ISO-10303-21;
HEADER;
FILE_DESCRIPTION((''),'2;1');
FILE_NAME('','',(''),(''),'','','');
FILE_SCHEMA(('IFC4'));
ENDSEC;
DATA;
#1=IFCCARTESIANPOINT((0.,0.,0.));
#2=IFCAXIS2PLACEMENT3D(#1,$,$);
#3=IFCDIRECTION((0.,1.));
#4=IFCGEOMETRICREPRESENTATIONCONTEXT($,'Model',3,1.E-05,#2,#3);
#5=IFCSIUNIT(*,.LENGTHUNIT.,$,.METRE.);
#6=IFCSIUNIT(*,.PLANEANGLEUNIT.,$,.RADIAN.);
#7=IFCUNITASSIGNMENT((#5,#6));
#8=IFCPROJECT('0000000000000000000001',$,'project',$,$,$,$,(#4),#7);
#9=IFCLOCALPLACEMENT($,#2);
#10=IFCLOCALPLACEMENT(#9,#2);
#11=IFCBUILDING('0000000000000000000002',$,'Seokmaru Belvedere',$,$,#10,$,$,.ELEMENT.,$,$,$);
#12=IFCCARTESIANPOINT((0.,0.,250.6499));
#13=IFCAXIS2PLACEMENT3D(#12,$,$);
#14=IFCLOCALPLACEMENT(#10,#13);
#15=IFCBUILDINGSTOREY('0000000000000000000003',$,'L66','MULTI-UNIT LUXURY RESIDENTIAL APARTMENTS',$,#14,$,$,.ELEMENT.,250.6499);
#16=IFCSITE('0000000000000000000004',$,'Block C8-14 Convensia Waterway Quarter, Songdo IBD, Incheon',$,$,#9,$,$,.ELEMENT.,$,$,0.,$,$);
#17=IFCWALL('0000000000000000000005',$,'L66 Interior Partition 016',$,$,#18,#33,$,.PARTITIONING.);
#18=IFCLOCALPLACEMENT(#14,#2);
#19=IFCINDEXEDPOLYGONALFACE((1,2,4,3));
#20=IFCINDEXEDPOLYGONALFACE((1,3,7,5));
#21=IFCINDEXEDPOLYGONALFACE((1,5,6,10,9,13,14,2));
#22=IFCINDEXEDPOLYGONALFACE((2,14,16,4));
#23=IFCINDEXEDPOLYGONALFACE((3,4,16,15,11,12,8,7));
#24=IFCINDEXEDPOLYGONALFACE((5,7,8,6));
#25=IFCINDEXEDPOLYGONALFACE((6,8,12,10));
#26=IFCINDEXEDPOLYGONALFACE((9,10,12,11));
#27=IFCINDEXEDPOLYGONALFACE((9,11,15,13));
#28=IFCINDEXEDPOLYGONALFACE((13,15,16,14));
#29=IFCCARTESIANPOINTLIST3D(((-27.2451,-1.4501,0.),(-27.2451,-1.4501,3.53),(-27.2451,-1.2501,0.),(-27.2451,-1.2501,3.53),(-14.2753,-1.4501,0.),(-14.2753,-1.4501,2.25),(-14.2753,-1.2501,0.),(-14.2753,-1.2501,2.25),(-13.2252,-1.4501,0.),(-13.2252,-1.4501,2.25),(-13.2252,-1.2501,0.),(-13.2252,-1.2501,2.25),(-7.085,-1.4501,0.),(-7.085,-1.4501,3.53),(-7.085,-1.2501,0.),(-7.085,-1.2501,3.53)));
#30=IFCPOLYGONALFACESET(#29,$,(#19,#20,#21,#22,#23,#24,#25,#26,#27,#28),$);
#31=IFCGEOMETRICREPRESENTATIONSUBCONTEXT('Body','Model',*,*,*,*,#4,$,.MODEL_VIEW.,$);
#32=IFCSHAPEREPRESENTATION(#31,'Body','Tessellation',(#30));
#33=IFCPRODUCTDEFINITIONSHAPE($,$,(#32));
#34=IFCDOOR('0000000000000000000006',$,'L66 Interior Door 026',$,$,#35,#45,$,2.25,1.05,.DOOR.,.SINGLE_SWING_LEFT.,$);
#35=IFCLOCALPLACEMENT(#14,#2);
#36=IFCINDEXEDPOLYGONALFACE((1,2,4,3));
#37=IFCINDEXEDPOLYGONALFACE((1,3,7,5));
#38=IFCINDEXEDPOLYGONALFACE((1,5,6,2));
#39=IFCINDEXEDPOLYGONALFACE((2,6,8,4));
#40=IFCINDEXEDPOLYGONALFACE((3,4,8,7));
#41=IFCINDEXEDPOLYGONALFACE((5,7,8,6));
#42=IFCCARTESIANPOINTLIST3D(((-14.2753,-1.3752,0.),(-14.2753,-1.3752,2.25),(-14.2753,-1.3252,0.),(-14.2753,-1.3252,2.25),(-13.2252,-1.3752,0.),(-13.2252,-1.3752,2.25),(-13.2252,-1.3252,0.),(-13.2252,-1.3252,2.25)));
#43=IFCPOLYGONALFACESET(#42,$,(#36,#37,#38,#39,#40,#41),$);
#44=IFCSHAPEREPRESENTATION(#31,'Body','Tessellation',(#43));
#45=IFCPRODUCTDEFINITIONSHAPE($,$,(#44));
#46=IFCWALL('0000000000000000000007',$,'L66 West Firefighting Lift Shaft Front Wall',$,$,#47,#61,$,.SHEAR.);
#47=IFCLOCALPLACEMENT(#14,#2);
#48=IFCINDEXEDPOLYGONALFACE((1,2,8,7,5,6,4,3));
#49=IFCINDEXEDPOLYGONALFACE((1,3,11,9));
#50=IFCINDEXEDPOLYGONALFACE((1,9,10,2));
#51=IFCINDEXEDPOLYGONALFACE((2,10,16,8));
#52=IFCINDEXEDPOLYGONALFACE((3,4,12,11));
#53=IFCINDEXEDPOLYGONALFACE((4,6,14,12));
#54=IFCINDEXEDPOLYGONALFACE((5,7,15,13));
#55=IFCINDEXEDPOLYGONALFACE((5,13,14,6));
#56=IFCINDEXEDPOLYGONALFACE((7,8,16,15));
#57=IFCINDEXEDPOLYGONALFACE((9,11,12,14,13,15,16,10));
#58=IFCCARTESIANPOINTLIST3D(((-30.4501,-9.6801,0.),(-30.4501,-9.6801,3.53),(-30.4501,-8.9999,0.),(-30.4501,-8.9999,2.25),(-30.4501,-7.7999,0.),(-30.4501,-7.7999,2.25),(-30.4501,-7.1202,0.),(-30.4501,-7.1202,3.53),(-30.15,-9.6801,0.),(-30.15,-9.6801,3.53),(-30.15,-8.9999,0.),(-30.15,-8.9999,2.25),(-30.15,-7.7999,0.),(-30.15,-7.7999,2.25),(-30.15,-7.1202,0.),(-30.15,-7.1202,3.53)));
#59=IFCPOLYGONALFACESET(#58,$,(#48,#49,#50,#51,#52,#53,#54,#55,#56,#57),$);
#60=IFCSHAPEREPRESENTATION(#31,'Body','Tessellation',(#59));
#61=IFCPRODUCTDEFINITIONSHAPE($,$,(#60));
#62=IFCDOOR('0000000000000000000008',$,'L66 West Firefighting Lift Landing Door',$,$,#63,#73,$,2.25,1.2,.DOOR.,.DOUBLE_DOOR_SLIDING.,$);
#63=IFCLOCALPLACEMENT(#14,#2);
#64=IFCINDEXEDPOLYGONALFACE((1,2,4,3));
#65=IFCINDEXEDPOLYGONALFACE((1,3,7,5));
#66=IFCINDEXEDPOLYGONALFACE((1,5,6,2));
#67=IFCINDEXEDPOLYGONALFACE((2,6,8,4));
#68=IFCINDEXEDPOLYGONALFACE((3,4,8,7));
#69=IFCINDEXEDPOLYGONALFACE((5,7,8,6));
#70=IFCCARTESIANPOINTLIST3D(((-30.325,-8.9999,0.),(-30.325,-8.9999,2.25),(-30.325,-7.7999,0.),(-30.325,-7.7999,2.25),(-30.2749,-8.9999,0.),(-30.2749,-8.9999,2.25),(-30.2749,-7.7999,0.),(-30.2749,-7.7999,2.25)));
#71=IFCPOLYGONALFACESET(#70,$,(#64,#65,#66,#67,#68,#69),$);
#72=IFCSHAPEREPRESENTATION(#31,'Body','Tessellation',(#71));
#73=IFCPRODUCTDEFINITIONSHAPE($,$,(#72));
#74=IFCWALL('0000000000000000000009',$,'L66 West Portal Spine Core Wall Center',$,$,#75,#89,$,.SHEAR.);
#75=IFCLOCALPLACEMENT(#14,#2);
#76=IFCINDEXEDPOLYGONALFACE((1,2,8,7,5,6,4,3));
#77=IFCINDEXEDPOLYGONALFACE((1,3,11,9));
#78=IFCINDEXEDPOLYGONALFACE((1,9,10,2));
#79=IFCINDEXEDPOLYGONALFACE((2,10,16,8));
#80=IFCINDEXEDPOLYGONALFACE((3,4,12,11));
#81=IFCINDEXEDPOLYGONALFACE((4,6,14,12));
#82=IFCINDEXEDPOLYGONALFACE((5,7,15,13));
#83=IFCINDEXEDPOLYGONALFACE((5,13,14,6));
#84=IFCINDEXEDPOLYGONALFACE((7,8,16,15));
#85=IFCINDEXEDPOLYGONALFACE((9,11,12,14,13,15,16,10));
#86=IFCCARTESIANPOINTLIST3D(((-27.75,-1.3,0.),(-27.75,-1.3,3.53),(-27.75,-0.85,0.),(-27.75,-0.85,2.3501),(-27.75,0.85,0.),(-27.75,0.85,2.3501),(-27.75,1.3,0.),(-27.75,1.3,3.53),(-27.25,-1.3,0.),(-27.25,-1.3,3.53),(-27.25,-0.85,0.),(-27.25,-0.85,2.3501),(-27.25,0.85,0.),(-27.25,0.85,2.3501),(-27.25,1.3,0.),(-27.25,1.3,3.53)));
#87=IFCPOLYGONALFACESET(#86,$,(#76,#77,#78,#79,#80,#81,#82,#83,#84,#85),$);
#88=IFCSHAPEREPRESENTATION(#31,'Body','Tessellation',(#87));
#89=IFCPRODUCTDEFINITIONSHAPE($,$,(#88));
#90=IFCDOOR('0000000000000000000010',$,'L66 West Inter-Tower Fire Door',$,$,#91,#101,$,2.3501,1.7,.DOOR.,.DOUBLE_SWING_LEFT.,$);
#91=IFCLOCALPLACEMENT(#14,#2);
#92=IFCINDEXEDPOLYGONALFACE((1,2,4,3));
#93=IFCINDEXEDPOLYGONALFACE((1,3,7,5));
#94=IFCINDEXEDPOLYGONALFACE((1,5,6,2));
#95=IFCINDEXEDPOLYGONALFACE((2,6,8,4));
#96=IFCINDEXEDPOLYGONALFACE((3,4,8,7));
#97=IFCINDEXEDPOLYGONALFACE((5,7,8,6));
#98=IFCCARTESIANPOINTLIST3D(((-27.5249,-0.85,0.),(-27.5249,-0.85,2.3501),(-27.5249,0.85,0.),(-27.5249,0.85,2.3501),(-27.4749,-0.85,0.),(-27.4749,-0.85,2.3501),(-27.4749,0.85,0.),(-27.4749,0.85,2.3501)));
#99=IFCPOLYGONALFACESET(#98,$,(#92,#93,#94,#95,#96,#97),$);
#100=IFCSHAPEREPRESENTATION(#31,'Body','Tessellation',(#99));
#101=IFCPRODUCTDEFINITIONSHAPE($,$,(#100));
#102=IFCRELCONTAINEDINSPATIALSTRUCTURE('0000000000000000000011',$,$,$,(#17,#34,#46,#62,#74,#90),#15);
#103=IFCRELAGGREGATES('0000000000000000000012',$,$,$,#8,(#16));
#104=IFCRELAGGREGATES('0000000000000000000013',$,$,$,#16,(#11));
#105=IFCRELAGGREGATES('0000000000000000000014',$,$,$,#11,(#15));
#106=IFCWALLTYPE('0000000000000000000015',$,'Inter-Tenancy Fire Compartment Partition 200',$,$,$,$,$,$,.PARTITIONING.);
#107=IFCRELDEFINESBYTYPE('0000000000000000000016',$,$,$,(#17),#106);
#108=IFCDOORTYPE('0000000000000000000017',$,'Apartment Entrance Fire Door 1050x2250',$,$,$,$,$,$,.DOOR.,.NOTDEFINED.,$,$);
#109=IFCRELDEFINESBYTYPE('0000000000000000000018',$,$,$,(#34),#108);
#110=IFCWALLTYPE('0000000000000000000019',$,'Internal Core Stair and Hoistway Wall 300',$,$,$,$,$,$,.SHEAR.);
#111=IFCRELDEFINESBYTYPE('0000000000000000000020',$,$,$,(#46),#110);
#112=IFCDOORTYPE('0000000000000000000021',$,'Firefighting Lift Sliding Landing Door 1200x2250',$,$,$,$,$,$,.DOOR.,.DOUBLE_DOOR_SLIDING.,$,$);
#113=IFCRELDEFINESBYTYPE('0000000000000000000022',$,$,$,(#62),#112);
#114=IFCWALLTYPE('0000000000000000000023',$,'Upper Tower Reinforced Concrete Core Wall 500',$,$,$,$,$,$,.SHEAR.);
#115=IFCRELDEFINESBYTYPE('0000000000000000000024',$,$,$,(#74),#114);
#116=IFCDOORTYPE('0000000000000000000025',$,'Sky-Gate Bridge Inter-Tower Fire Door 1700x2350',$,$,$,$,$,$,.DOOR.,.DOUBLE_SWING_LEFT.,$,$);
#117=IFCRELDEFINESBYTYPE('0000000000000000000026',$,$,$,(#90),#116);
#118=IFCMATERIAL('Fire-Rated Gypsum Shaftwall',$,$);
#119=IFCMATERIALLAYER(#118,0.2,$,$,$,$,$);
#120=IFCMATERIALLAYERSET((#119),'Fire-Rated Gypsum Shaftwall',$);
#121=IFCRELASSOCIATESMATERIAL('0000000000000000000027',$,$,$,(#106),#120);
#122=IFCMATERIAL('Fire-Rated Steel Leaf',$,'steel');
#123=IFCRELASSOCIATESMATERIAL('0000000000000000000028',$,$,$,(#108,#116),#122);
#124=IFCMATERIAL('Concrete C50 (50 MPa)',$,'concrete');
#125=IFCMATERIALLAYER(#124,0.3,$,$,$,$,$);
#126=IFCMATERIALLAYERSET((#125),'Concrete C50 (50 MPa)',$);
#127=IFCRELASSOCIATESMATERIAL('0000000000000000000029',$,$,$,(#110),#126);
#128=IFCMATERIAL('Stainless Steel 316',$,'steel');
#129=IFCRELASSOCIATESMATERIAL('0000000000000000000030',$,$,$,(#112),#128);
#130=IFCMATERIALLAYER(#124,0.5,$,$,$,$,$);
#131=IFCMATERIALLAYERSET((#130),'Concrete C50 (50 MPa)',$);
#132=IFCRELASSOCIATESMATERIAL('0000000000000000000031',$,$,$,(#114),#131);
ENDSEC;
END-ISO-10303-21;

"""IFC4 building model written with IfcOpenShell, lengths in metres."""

from ifc_helpers import new_model, si_unit, direction, frame, frame_2d, origin, place, context, subcontext, project, spatial, rectangle, extrude, source, transform, mapped, material, layer, layer_set, type_object, type_shapes, element, fill, save


model = new_model("IFC4")

# Units and contexts
model_context = context("Model", 3, precision=1e-05, world=origin(), true_north=direction((0.0, 1.0)))
body_context = subcontext(model_context, "Body", "Model", "MODEL_VIEW")
ifc_project = project(units=[si_unit("LENGTHUNIT", "METRE"), si_unit("PLANEANGLEUNIT", "RADIAN")], contexts=[model_context])

# Site, building, storey
site_placement = place(None, origin())
site = spatial("IfcSite", under=ifc_project, at=site_placement, Name="Block C8-14 Convensia Waterway Quarter, Songdo IBD, Incheon", CompositionType="ELEMENT", RefElevation=0.0)
building_placement = place(site_placement, origin())
building = spatial("IfcBuilding", under=site, at=building_placement, Name="Seokmaru Belvedere", CompositionType="ELEMENT")
storey_placement = place(building_placement, frame((0.0, 0.0, 250.6499)))
storey = spatial("IfcBuildingStorey", under=building, at=storey_placement, Name="L66", Description="MULTI-UNIT LUXURY RESIDENTIAL APARTMENTS", CompositionType="ELEMENT", Elevation=250.6499)

# Shared definitions
ifc_material_1 = material(Name="Fire-Rated Gypsum Shaftwall")

# Shared definitions
ifc_material_2 = material(Name="Concrete C50 (50 MPa)", Category="concrete")

# Walls, openings, doors
ifc_layer_1 = layer(ifc_material_1, 0.2)
ifc_layer_set_1 = layer_set([ifc_layer_1], Name="Fire-Rated Gypsum Shaftwall")
wall_type_1 = type_object("IfcWallType", Name="Inter-Tenancy Fire Compartment Partition 200", PredefinedType="PARTITIONING", material=ifc_layer_set_1)
ifc_material_3 = material(Name="Fire-Rated Steel Leaf", Category="steel")
door_type_1 = type_object("IfcDoorType", Name="Apartment Entrance Fire Door 1050x2250", OperationType="NOTDEFINED", PredefinedType="DOOR", material=ifc_material_3)
shared_shape_1 = source(origin(), body_context, "Body", "SweptSolid", [
    extrude(rectangle(XDim=1.05, YDim=2.25, at=frame_2d((0.5249, 1.125))), frame((0.0, 0.0249, 0.0), z_axis=(0.0, -1.0, 0.0), x_axis=(1.0, 0.0, 0.0)), (0.0, 0.0, 1.0), 0.05),
])
type_shapes(door_type_1, [shared_shape_1])
wall_1_placement = place(storey_placement, frame((-27.2451, -1.3501, 0.0), z_axis=(0.0, 0.0, 1.0), x_axis=(1.0, 0.0, 0.0)))
wall_1 = element("IfcWall", 1, at=wall_1_placement, inside=storey, type_object=wall_type_1, Name="L66 Interior Partition 016", PredefinedType="PARTITIONING", context=body_context, shape_type="SweptSolid", body=[
    extrude(rectangle(XDim=20.1602, YDim=0.2, at=frame_2d((10.0801, 0.0))), origin(), (0.0, 0.0, 1.0), 3.53),
])
opening_1_placement = place(wall_1_placement, frame((12.97, 0.0, 0.0)))
opening_1 = element("IfcOpeningElement", 2, at=opening_1_placement, cuts=wall_1, PredefinedType="OPENING", context=body_context, shape_type="SweptSolid", body=[
    extrude(rectangle(XDim=1.05, YDim=2.25, at=frame_2d((0.5249, 1.125))), frame((0.0, 0.1099, 0.0), z_axis=(0.0, -1.0, 0.0), x_axis=(1.0, 0.0, 0.0)), (0.0, 0.0, 1.0), 0.22),
])
door_1_placement = place(opening_1_placement, origin())
door_1 = element("IfcDoor", 3, at=door_1_placement, inside=storey, type_object=door_type_1, Name="L66 Interior Door 026", OperationType="SINGLE_SWING_LEFT", OverallHeight=2.25, OverallWidth=1.05, PredefinedType="DOOR", context=body_context, shape_type="MappedRepresentation", body=[
    mapped(shared_shape_1, transform((0.0, 0.0, 0.0), scale=1.0)),
])
fill(opening_1, door_1)
ifc_layer_2 = layer(ifc_material_2, 0.3)
ifc_layer_set_2 = layer_set([ifc_layer_2], Name="Concrete C50 (50 MPa)")
wall_type_2 = type_object("IfcWallType", Name="Internal Core Stair and Hoistway Wall 300", PredefinedType="SHEAR", material=ifc_layer_set_2)
wall_2_placement = place(storey_placement, frame((-30.3, -9.6799, 0.0), z_axis=(0.0, 0.0, 1.0), x_axis=(0.0, 1.0, 0.0)))
wall_2 = element("IfcWall", 4, at=wall_2_placement, inside=storey, type_object=wall_type_2, Name="L66 West Firefighting Lift Shaft Front Wall", PredefinedType="SHEAR", context=body_context, shape_type="SweptSolid", body=[
    extrude(rectangle(XDim=2.5598, YDim=0.3, at=frame_2d((1.2798, 0.0))), origin(), (0.0, 0.0, 1.0), 3.53),
])
opening_2_placement = place(wall_2_placement, frame((0.6799, 0.0, 0.0)))
opening_2 = element("IfcOpeningElement", 5, at=opening_2_placement, cuts=wall_2, PredefinedType="OPENING", context=body_context, shape_type="SweptSolid", body=[
    extrude(rectangle(XDim=1.2, YDim=2.25, at=frame_2d((0.6001, 1.125))), frame((0.0, 0.1602, 0.0), z_axis=(0.0, -1.0, 0.0), x_axis=(1.0, 0.0, 0.0)), (0.0, 0.0, 1.0), 0.3201),
])
ifc_material_4 = material(Name="Stainless Steel 316", Category="steel")
door_type_2 = type_object("IfcDoorType", Name="Firefighting Lift Sliding Landing Door 1200x2250", OperationType="DOUBLE_DOOR_SLIDING", PredefinedType="DOOR", material=ifc_material_4)
shared_shape_2 = source(origin(), body_context, "Body", "SweptSolid", [
    extrude(rectangle(XDim=1.2, YDim=2.25, at=frame_2d((0.6001, 1.125))), frame((0.0, 0.0249, 0.0), z_axis=(0.0, -1.0, 0.0), x_axis=(1.0, 0.0, 0.0)), (0.0, 0.0, 1.0), 0.05),
])
type_shapes(door_type_2, [shared_shape_2])
door_2_placement = place(opening_2_placement, origin())
door_2 = element("IfcDoor", 6, at=door_2_placement, inside=storey, type_object=door_type_2, Name="L66 West Firefighting Lift Landing Door", OperationType="DOUBLE_DOOR_SLIDING", OverallHeight=2.25, OverallWidth=1.2, PredefinedType="DOOR", context=body_context, shape_type="MappedRepresentation", body=[
    mapped(shared_shape_2, transform((0.0, 0.0, 0.0), scale=1.0)),
])
fill(opening_2, door_2)
ifc_layer_3 = layer(ifc_material_2, 0.5)
ifc_layer_set_3 = layer_set([ifc_layer_3], Name="Concrete C50 (50 MPa)")
wall_type_3 = type_object("IfcWallType", Name="Upper Tower Reinforced Concrete Core Wall 500", PredefinedType="SHEAR", material=ifc_layer_set_3)
wall_3_placement = place(storey_placement, frame((-27.5, -1.3, 0.0), z_axis=(0.0, 0.0, 1.0), x_axis=(0.0, 1.0, 0.0)))
wall_3 = element("IfcWall", 7, at=wall_3_placement, inside=storey, type_object=wall_type_3, Name="L66 West Portal Spine Core Wall Center", PredefinedType="SHEAR", context=body_context, shape_type="SweptSolid", body=[
    extrude(rectangle(XDim=2.6001, YDim=0.5, at=frame_2d((1.3, 0.0))), origin(), (0.0, 0.0, 1.0), 3.53),
])
opening_3_placement = place(wall_3_placement, frame((0.45, 0.0, 0.0)))
opening_3 = element("IfcOpeningElement", 8, at=opening_3_placement, cuts=wall_3, PredefinedType="OPENING", context=body_context, shape_type="SweptSolid", body=[
    extrude(rectangle(XDim=1.7, YDim=2.3501, at=frame_2d((0.8501, 1.175))), frame((0.0, 0.26, 0.0), z_axis=(0.0, -1.0, 0.0), x_axis=(1.0, 0.0, 0.0)), (0.0, 0.0, 1.0), 0.52),
])
door_type_3 = type_object("IfcDoorType", Name="Sky-Gate Bridge Inter-Tower Fire Door 1700x2350", OperationType="DOUBLE_SWING_LEFT", PredefinedType="DOOR", material=ifc_material_3)
shared_shape_3 = source(origin(), body_context, "Body", "SweptSolid", [
    extrude(rectangle(XDim=1.7, YDim=2.3501, at=frame_2d((0.8501, 1.175))), frame((0.0, 0.0249, 0.0), z_axis=(0.0, -1.0, 0.0), x_axis=(1.0, 0.0, 0.0)), (0.0, 0.0, 1.0), 0.05),
])
type_shapes(door_type_3, [shared_shape_3])
door_3_placement = place(opening_3_placement, origin())
door_3 = element("IfcDoor", 9, at=door_3_placement, inside=storey, type_object=door_type_3, Name="L66 West Inter-Tower Fire Door", OperationType="DOUBLE_SWING_LEFT", OverallHeight=2.3501, OverallWidth=1.7, PredefinedType="DOOR", context=body_context, shape_type="MappedRepresentation", body=[
    mapped(shared_shape_3, transform((0.0, 0.0, 0.0), scale=1.0)),
])
fill(opening_3, door_3)

save(model, "model.ifc")
